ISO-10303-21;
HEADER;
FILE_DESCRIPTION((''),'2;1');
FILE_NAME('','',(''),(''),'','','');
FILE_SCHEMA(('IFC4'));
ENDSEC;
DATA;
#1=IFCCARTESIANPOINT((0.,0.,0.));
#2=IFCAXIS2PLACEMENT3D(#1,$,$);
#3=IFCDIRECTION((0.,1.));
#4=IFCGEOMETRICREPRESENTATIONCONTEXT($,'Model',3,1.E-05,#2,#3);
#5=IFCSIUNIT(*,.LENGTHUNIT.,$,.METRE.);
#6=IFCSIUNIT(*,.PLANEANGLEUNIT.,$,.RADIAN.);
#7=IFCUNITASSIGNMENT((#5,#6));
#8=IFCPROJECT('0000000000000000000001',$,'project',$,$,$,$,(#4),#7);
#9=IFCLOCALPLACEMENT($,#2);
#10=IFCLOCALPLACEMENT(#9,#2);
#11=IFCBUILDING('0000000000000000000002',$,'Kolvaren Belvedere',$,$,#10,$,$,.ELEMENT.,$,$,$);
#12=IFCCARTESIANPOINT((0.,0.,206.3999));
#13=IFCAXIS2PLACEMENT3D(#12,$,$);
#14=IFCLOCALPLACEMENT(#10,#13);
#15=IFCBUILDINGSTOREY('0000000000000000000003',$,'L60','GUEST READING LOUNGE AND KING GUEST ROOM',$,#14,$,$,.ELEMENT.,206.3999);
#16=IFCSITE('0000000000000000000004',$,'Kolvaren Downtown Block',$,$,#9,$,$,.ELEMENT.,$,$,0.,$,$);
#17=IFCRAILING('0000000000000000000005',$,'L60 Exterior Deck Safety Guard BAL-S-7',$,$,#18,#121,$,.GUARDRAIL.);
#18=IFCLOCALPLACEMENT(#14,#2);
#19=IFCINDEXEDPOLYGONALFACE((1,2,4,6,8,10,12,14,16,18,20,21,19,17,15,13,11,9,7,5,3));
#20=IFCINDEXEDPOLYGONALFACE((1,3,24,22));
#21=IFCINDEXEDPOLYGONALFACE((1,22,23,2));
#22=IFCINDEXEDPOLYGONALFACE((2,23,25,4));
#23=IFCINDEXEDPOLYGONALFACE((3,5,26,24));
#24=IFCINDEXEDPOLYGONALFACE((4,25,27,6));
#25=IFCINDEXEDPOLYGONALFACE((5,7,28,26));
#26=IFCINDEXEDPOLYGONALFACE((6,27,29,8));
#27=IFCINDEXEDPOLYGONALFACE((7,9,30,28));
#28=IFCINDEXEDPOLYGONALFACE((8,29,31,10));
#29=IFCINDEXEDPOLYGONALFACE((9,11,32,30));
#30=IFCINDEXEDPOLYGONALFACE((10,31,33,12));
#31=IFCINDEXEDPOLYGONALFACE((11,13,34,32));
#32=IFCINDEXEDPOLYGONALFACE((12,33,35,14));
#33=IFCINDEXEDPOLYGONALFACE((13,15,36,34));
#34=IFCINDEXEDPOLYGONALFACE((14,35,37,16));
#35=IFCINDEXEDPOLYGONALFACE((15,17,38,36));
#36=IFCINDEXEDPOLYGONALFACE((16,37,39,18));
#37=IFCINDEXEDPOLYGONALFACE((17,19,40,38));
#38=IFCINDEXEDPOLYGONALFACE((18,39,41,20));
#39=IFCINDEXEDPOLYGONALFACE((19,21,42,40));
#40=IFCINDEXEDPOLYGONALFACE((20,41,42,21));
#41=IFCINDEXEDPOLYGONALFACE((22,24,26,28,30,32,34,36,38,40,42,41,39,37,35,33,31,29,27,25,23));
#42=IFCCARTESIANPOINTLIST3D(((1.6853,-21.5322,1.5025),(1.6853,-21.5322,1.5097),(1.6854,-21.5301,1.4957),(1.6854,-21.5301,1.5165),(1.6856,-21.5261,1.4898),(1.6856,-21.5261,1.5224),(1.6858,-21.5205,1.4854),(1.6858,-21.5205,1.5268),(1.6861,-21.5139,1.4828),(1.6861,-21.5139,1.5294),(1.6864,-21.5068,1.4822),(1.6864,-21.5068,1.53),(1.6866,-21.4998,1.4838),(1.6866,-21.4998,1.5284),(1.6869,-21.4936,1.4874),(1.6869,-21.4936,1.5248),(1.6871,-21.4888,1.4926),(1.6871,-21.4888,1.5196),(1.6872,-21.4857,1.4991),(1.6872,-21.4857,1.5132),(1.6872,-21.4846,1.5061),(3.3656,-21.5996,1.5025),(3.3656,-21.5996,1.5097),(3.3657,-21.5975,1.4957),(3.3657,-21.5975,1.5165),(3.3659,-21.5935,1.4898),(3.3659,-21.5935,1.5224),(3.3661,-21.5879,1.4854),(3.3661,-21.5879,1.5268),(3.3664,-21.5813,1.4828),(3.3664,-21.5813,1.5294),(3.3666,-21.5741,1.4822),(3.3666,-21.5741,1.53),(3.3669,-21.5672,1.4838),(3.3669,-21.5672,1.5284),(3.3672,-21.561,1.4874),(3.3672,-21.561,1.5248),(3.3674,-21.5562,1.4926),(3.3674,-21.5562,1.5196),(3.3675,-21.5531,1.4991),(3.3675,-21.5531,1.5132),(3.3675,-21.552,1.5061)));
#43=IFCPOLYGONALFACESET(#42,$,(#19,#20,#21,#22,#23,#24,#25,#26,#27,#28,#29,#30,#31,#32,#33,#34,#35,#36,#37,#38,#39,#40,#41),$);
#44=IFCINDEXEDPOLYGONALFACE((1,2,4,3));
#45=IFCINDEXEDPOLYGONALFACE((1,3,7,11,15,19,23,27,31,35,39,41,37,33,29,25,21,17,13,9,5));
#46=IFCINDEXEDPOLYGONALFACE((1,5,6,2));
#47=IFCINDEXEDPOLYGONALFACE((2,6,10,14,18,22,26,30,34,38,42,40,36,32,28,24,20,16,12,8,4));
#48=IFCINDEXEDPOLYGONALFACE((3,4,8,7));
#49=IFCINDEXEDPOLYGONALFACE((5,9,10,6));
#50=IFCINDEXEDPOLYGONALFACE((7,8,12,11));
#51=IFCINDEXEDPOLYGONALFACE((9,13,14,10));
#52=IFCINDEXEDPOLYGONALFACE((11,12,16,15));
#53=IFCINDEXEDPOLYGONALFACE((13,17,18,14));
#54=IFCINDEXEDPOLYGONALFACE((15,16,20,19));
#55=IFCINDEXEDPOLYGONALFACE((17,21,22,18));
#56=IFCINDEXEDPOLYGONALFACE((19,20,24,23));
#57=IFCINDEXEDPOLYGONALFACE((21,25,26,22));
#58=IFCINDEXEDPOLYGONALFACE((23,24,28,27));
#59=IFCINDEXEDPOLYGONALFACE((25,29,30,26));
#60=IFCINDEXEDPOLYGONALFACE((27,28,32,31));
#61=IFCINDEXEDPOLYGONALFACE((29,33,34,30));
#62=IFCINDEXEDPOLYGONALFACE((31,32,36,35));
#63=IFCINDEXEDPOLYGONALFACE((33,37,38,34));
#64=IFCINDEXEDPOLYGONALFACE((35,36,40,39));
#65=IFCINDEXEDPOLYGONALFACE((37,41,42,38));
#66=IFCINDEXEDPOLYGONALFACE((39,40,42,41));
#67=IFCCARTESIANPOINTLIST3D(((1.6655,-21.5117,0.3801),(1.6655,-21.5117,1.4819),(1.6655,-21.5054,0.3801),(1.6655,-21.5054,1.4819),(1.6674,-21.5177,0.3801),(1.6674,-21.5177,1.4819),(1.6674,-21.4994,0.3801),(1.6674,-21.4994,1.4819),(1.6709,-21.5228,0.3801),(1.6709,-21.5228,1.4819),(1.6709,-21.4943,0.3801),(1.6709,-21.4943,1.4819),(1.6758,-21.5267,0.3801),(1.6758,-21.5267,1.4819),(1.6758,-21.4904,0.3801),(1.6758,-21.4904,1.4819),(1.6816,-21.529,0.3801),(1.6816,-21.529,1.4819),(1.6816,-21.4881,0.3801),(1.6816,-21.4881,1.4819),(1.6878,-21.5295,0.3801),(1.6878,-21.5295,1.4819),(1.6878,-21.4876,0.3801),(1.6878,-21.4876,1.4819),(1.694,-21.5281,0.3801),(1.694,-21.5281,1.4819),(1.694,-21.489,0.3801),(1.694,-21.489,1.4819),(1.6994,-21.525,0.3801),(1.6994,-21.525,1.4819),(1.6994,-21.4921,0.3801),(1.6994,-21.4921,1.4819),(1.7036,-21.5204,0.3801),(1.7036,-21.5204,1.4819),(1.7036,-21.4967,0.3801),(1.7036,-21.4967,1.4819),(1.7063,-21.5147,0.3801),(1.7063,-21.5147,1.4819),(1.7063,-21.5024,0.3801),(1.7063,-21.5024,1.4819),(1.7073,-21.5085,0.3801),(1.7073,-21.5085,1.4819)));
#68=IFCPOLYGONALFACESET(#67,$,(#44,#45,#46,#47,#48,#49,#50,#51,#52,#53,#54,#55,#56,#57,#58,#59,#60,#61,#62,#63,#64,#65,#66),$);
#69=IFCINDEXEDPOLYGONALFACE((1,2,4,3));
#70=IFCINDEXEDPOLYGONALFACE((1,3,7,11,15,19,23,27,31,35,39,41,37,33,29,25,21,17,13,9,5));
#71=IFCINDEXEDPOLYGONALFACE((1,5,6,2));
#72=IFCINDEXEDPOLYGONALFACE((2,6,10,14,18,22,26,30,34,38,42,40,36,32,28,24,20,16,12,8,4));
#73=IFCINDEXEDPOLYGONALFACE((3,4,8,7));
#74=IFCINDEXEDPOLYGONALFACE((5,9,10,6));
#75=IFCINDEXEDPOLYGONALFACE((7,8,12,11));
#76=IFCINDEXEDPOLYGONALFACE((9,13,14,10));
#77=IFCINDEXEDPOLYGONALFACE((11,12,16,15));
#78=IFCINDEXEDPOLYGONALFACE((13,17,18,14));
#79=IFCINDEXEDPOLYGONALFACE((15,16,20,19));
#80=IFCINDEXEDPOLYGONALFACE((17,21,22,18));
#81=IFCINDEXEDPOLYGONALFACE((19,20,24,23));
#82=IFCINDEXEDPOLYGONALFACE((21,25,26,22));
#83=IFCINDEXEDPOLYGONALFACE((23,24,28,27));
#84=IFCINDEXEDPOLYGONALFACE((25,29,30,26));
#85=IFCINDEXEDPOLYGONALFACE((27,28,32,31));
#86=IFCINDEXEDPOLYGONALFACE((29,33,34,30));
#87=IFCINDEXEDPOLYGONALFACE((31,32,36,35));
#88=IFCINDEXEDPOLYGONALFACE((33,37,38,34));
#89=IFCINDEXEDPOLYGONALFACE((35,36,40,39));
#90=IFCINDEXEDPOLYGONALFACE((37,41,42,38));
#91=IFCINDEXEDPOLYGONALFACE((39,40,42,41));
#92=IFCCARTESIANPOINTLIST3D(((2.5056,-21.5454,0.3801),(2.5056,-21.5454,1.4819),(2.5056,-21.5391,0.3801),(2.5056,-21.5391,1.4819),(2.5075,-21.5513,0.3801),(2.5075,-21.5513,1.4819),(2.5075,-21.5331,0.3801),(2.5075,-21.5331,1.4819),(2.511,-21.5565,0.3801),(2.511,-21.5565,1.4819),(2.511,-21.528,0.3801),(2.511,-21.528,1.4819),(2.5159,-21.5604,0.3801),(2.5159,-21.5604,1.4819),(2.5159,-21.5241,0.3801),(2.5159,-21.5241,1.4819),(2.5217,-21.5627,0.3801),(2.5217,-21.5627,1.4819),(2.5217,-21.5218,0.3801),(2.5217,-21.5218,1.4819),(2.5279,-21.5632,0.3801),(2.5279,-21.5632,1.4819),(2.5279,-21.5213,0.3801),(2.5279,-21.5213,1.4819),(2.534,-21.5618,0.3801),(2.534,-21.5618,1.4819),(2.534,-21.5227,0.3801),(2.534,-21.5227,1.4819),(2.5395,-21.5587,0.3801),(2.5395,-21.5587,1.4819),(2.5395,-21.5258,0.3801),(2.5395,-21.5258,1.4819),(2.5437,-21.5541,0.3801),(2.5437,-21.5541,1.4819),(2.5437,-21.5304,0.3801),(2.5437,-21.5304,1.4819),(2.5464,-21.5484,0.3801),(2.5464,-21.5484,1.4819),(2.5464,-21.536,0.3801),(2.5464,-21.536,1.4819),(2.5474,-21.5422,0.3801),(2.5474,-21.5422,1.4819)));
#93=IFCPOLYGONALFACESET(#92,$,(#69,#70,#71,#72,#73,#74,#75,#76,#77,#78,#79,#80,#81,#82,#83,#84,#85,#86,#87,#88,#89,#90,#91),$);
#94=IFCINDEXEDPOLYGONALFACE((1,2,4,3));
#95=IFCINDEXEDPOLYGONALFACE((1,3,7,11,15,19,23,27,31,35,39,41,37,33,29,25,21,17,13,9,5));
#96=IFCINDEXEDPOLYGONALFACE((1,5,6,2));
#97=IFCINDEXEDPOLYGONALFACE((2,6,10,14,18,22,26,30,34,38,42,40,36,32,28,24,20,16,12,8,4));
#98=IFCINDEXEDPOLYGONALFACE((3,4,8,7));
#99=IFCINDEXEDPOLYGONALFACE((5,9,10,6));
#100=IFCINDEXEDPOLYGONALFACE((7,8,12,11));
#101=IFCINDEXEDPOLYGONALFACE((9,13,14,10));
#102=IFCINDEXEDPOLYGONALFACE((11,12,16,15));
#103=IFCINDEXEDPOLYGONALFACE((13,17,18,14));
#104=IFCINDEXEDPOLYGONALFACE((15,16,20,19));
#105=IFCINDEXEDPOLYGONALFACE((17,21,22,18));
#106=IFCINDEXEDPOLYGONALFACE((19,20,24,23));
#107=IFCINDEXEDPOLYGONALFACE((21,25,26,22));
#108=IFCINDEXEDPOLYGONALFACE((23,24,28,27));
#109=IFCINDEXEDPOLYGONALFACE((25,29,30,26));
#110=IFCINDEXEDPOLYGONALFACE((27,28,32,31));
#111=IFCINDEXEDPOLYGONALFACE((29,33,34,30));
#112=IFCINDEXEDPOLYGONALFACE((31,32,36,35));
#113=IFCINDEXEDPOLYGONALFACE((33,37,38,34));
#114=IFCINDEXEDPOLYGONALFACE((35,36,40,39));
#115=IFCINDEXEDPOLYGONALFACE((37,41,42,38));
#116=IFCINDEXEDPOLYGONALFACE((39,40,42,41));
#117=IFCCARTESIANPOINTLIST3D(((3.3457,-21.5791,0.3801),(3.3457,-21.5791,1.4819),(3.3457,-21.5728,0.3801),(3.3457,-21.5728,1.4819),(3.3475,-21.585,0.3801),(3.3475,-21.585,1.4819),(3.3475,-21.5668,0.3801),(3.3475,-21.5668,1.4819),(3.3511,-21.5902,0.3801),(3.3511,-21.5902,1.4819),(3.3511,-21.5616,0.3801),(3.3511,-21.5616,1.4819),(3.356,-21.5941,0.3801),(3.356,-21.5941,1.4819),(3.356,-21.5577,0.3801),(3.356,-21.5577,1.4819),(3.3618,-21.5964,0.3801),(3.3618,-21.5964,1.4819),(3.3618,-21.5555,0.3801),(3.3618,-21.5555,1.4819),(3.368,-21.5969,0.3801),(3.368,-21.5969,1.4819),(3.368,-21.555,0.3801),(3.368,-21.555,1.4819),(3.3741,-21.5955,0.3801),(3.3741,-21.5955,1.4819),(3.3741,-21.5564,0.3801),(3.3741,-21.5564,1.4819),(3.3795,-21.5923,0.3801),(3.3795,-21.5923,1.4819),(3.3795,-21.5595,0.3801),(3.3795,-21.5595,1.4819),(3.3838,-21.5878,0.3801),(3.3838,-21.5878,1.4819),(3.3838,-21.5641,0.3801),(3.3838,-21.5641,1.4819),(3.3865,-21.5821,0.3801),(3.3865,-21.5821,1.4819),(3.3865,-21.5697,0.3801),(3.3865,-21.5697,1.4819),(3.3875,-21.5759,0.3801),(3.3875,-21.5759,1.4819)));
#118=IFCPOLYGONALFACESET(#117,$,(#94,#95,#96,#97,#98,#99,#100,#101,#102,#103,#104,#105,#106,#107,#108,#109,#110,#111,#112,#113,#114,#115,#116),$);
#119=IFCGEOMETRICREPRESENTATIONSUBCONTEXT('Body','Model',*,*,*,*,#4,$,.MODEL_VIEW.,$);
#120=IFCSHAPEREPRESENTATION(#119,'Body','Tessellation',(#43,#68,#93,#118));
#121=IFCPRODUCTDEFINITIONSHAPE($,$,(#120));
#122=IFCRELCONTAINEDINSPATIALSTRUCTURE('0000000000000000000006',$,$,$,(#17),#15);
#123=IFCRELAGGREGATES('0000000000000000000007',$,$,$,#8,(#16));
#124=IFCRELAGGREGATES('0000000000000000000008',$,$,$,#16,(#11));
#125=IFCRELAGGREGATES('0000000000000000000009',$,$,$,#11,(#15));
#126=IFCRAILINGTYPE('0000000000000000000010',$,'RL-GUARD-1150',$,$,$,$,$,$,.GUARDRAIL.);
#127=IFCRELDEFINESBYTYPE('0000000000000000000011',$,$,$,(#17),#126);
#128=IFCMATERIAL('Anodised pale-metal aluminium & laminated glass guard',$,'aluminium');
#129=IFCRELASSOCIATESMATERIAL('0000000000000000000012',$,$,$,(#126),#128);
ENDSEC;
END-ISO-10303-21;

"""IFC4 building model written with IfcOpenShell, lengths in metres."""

from ifc_helpers import new_model, si_unit, direction, frame, origin, origin_2d, place, context, subcontext, project, spatial, circle, extrude, material, type_object, element, save


model = new_model("IFC4")

# Units and contexts
model_context = context("Model", 3, precision=1e-05, world=origin(), true_north=direction((0.0, 1.0)))
body_context = subcontext(model_context, "Body", "Model", "MODEL_VIEW")
ifc_project = project(units=[si_unit("LENGTHUNIT", "METRE"), si_unit("PLANEANGLEUNIT", "RADIAN")], contexts=[model_context])

# Site, building, storey
site_placement = place(None, origin())
site = spatial("IfcSite", under=ifc_project, at=site_placement, Name="Kolvaren Downtown Block", CompositionType="ELEMENT", RefElevation=0.0)
building_placement = place(site_placement, origin())
building = spatial("IfcBuilding", under=site, at=building_placement, Name="Kolvaren Belvedere", CompositionType="ELEMENT")
storey_placement = place(building_placement, frame((0.0, 0.0, 206.3999)))
storey = spatial("IfcBuildingStorey", under=building, at=storey_placement, Name="L60", Description="GUEST READING LOUNGE AND KING GUEST ROOM", CompositionType="ELEMENT", Elevation=206.3999)

# Railing
ifc_material_1 = material(Name="Anodised pale-metal aluminium & laminated glass guard", Category="aluminium")
railing_type = type_object("IfcRailingType", Name="RL-GUARD-1150", PredefinedType="GUARDRAIL", material=ifc_material_1)
railing_1_placement = place(storey_placement, frame((1.6863, -21.5085, 0.3801)))
element("IfcRailing", 1, at=railing_1_placement, inside=storey, type_object=railing_type, Name="L60 Exterior Deck Safety Guard BAL-S-7", PredefinedType="GUARDRAIL", context=body_context, shape_type="SweptSolid", body=[
    extrude(circle(Radius=0.0239, at=origin_2d()), frame((0.0, 0.0, 1.126), z_axis=(0.999197, -0.040072, 0.0), x_axis=(0.040072, 0.999197, 0.0)), (0.0, 0.0, 1.0), 1.6816),
    extrude(circle(Radius=0.021, at=origin_2d()), origin(), (0.0, 0.0, 1.0), 1.1018),
    extrude(circle(Radius=0.021, at=origin_2d()), frame((0.8401, -0.0337, 0.0)), (0.0, 0.0, 1.0), 1.1018),
    extrude(circle(Radius=0.021, at=origin_2d()), frame((1.6802, -0.0674, 0.0)), (0.0, 0.0, 1.0), 1.1018),
])

save(model, "model.ifc")
